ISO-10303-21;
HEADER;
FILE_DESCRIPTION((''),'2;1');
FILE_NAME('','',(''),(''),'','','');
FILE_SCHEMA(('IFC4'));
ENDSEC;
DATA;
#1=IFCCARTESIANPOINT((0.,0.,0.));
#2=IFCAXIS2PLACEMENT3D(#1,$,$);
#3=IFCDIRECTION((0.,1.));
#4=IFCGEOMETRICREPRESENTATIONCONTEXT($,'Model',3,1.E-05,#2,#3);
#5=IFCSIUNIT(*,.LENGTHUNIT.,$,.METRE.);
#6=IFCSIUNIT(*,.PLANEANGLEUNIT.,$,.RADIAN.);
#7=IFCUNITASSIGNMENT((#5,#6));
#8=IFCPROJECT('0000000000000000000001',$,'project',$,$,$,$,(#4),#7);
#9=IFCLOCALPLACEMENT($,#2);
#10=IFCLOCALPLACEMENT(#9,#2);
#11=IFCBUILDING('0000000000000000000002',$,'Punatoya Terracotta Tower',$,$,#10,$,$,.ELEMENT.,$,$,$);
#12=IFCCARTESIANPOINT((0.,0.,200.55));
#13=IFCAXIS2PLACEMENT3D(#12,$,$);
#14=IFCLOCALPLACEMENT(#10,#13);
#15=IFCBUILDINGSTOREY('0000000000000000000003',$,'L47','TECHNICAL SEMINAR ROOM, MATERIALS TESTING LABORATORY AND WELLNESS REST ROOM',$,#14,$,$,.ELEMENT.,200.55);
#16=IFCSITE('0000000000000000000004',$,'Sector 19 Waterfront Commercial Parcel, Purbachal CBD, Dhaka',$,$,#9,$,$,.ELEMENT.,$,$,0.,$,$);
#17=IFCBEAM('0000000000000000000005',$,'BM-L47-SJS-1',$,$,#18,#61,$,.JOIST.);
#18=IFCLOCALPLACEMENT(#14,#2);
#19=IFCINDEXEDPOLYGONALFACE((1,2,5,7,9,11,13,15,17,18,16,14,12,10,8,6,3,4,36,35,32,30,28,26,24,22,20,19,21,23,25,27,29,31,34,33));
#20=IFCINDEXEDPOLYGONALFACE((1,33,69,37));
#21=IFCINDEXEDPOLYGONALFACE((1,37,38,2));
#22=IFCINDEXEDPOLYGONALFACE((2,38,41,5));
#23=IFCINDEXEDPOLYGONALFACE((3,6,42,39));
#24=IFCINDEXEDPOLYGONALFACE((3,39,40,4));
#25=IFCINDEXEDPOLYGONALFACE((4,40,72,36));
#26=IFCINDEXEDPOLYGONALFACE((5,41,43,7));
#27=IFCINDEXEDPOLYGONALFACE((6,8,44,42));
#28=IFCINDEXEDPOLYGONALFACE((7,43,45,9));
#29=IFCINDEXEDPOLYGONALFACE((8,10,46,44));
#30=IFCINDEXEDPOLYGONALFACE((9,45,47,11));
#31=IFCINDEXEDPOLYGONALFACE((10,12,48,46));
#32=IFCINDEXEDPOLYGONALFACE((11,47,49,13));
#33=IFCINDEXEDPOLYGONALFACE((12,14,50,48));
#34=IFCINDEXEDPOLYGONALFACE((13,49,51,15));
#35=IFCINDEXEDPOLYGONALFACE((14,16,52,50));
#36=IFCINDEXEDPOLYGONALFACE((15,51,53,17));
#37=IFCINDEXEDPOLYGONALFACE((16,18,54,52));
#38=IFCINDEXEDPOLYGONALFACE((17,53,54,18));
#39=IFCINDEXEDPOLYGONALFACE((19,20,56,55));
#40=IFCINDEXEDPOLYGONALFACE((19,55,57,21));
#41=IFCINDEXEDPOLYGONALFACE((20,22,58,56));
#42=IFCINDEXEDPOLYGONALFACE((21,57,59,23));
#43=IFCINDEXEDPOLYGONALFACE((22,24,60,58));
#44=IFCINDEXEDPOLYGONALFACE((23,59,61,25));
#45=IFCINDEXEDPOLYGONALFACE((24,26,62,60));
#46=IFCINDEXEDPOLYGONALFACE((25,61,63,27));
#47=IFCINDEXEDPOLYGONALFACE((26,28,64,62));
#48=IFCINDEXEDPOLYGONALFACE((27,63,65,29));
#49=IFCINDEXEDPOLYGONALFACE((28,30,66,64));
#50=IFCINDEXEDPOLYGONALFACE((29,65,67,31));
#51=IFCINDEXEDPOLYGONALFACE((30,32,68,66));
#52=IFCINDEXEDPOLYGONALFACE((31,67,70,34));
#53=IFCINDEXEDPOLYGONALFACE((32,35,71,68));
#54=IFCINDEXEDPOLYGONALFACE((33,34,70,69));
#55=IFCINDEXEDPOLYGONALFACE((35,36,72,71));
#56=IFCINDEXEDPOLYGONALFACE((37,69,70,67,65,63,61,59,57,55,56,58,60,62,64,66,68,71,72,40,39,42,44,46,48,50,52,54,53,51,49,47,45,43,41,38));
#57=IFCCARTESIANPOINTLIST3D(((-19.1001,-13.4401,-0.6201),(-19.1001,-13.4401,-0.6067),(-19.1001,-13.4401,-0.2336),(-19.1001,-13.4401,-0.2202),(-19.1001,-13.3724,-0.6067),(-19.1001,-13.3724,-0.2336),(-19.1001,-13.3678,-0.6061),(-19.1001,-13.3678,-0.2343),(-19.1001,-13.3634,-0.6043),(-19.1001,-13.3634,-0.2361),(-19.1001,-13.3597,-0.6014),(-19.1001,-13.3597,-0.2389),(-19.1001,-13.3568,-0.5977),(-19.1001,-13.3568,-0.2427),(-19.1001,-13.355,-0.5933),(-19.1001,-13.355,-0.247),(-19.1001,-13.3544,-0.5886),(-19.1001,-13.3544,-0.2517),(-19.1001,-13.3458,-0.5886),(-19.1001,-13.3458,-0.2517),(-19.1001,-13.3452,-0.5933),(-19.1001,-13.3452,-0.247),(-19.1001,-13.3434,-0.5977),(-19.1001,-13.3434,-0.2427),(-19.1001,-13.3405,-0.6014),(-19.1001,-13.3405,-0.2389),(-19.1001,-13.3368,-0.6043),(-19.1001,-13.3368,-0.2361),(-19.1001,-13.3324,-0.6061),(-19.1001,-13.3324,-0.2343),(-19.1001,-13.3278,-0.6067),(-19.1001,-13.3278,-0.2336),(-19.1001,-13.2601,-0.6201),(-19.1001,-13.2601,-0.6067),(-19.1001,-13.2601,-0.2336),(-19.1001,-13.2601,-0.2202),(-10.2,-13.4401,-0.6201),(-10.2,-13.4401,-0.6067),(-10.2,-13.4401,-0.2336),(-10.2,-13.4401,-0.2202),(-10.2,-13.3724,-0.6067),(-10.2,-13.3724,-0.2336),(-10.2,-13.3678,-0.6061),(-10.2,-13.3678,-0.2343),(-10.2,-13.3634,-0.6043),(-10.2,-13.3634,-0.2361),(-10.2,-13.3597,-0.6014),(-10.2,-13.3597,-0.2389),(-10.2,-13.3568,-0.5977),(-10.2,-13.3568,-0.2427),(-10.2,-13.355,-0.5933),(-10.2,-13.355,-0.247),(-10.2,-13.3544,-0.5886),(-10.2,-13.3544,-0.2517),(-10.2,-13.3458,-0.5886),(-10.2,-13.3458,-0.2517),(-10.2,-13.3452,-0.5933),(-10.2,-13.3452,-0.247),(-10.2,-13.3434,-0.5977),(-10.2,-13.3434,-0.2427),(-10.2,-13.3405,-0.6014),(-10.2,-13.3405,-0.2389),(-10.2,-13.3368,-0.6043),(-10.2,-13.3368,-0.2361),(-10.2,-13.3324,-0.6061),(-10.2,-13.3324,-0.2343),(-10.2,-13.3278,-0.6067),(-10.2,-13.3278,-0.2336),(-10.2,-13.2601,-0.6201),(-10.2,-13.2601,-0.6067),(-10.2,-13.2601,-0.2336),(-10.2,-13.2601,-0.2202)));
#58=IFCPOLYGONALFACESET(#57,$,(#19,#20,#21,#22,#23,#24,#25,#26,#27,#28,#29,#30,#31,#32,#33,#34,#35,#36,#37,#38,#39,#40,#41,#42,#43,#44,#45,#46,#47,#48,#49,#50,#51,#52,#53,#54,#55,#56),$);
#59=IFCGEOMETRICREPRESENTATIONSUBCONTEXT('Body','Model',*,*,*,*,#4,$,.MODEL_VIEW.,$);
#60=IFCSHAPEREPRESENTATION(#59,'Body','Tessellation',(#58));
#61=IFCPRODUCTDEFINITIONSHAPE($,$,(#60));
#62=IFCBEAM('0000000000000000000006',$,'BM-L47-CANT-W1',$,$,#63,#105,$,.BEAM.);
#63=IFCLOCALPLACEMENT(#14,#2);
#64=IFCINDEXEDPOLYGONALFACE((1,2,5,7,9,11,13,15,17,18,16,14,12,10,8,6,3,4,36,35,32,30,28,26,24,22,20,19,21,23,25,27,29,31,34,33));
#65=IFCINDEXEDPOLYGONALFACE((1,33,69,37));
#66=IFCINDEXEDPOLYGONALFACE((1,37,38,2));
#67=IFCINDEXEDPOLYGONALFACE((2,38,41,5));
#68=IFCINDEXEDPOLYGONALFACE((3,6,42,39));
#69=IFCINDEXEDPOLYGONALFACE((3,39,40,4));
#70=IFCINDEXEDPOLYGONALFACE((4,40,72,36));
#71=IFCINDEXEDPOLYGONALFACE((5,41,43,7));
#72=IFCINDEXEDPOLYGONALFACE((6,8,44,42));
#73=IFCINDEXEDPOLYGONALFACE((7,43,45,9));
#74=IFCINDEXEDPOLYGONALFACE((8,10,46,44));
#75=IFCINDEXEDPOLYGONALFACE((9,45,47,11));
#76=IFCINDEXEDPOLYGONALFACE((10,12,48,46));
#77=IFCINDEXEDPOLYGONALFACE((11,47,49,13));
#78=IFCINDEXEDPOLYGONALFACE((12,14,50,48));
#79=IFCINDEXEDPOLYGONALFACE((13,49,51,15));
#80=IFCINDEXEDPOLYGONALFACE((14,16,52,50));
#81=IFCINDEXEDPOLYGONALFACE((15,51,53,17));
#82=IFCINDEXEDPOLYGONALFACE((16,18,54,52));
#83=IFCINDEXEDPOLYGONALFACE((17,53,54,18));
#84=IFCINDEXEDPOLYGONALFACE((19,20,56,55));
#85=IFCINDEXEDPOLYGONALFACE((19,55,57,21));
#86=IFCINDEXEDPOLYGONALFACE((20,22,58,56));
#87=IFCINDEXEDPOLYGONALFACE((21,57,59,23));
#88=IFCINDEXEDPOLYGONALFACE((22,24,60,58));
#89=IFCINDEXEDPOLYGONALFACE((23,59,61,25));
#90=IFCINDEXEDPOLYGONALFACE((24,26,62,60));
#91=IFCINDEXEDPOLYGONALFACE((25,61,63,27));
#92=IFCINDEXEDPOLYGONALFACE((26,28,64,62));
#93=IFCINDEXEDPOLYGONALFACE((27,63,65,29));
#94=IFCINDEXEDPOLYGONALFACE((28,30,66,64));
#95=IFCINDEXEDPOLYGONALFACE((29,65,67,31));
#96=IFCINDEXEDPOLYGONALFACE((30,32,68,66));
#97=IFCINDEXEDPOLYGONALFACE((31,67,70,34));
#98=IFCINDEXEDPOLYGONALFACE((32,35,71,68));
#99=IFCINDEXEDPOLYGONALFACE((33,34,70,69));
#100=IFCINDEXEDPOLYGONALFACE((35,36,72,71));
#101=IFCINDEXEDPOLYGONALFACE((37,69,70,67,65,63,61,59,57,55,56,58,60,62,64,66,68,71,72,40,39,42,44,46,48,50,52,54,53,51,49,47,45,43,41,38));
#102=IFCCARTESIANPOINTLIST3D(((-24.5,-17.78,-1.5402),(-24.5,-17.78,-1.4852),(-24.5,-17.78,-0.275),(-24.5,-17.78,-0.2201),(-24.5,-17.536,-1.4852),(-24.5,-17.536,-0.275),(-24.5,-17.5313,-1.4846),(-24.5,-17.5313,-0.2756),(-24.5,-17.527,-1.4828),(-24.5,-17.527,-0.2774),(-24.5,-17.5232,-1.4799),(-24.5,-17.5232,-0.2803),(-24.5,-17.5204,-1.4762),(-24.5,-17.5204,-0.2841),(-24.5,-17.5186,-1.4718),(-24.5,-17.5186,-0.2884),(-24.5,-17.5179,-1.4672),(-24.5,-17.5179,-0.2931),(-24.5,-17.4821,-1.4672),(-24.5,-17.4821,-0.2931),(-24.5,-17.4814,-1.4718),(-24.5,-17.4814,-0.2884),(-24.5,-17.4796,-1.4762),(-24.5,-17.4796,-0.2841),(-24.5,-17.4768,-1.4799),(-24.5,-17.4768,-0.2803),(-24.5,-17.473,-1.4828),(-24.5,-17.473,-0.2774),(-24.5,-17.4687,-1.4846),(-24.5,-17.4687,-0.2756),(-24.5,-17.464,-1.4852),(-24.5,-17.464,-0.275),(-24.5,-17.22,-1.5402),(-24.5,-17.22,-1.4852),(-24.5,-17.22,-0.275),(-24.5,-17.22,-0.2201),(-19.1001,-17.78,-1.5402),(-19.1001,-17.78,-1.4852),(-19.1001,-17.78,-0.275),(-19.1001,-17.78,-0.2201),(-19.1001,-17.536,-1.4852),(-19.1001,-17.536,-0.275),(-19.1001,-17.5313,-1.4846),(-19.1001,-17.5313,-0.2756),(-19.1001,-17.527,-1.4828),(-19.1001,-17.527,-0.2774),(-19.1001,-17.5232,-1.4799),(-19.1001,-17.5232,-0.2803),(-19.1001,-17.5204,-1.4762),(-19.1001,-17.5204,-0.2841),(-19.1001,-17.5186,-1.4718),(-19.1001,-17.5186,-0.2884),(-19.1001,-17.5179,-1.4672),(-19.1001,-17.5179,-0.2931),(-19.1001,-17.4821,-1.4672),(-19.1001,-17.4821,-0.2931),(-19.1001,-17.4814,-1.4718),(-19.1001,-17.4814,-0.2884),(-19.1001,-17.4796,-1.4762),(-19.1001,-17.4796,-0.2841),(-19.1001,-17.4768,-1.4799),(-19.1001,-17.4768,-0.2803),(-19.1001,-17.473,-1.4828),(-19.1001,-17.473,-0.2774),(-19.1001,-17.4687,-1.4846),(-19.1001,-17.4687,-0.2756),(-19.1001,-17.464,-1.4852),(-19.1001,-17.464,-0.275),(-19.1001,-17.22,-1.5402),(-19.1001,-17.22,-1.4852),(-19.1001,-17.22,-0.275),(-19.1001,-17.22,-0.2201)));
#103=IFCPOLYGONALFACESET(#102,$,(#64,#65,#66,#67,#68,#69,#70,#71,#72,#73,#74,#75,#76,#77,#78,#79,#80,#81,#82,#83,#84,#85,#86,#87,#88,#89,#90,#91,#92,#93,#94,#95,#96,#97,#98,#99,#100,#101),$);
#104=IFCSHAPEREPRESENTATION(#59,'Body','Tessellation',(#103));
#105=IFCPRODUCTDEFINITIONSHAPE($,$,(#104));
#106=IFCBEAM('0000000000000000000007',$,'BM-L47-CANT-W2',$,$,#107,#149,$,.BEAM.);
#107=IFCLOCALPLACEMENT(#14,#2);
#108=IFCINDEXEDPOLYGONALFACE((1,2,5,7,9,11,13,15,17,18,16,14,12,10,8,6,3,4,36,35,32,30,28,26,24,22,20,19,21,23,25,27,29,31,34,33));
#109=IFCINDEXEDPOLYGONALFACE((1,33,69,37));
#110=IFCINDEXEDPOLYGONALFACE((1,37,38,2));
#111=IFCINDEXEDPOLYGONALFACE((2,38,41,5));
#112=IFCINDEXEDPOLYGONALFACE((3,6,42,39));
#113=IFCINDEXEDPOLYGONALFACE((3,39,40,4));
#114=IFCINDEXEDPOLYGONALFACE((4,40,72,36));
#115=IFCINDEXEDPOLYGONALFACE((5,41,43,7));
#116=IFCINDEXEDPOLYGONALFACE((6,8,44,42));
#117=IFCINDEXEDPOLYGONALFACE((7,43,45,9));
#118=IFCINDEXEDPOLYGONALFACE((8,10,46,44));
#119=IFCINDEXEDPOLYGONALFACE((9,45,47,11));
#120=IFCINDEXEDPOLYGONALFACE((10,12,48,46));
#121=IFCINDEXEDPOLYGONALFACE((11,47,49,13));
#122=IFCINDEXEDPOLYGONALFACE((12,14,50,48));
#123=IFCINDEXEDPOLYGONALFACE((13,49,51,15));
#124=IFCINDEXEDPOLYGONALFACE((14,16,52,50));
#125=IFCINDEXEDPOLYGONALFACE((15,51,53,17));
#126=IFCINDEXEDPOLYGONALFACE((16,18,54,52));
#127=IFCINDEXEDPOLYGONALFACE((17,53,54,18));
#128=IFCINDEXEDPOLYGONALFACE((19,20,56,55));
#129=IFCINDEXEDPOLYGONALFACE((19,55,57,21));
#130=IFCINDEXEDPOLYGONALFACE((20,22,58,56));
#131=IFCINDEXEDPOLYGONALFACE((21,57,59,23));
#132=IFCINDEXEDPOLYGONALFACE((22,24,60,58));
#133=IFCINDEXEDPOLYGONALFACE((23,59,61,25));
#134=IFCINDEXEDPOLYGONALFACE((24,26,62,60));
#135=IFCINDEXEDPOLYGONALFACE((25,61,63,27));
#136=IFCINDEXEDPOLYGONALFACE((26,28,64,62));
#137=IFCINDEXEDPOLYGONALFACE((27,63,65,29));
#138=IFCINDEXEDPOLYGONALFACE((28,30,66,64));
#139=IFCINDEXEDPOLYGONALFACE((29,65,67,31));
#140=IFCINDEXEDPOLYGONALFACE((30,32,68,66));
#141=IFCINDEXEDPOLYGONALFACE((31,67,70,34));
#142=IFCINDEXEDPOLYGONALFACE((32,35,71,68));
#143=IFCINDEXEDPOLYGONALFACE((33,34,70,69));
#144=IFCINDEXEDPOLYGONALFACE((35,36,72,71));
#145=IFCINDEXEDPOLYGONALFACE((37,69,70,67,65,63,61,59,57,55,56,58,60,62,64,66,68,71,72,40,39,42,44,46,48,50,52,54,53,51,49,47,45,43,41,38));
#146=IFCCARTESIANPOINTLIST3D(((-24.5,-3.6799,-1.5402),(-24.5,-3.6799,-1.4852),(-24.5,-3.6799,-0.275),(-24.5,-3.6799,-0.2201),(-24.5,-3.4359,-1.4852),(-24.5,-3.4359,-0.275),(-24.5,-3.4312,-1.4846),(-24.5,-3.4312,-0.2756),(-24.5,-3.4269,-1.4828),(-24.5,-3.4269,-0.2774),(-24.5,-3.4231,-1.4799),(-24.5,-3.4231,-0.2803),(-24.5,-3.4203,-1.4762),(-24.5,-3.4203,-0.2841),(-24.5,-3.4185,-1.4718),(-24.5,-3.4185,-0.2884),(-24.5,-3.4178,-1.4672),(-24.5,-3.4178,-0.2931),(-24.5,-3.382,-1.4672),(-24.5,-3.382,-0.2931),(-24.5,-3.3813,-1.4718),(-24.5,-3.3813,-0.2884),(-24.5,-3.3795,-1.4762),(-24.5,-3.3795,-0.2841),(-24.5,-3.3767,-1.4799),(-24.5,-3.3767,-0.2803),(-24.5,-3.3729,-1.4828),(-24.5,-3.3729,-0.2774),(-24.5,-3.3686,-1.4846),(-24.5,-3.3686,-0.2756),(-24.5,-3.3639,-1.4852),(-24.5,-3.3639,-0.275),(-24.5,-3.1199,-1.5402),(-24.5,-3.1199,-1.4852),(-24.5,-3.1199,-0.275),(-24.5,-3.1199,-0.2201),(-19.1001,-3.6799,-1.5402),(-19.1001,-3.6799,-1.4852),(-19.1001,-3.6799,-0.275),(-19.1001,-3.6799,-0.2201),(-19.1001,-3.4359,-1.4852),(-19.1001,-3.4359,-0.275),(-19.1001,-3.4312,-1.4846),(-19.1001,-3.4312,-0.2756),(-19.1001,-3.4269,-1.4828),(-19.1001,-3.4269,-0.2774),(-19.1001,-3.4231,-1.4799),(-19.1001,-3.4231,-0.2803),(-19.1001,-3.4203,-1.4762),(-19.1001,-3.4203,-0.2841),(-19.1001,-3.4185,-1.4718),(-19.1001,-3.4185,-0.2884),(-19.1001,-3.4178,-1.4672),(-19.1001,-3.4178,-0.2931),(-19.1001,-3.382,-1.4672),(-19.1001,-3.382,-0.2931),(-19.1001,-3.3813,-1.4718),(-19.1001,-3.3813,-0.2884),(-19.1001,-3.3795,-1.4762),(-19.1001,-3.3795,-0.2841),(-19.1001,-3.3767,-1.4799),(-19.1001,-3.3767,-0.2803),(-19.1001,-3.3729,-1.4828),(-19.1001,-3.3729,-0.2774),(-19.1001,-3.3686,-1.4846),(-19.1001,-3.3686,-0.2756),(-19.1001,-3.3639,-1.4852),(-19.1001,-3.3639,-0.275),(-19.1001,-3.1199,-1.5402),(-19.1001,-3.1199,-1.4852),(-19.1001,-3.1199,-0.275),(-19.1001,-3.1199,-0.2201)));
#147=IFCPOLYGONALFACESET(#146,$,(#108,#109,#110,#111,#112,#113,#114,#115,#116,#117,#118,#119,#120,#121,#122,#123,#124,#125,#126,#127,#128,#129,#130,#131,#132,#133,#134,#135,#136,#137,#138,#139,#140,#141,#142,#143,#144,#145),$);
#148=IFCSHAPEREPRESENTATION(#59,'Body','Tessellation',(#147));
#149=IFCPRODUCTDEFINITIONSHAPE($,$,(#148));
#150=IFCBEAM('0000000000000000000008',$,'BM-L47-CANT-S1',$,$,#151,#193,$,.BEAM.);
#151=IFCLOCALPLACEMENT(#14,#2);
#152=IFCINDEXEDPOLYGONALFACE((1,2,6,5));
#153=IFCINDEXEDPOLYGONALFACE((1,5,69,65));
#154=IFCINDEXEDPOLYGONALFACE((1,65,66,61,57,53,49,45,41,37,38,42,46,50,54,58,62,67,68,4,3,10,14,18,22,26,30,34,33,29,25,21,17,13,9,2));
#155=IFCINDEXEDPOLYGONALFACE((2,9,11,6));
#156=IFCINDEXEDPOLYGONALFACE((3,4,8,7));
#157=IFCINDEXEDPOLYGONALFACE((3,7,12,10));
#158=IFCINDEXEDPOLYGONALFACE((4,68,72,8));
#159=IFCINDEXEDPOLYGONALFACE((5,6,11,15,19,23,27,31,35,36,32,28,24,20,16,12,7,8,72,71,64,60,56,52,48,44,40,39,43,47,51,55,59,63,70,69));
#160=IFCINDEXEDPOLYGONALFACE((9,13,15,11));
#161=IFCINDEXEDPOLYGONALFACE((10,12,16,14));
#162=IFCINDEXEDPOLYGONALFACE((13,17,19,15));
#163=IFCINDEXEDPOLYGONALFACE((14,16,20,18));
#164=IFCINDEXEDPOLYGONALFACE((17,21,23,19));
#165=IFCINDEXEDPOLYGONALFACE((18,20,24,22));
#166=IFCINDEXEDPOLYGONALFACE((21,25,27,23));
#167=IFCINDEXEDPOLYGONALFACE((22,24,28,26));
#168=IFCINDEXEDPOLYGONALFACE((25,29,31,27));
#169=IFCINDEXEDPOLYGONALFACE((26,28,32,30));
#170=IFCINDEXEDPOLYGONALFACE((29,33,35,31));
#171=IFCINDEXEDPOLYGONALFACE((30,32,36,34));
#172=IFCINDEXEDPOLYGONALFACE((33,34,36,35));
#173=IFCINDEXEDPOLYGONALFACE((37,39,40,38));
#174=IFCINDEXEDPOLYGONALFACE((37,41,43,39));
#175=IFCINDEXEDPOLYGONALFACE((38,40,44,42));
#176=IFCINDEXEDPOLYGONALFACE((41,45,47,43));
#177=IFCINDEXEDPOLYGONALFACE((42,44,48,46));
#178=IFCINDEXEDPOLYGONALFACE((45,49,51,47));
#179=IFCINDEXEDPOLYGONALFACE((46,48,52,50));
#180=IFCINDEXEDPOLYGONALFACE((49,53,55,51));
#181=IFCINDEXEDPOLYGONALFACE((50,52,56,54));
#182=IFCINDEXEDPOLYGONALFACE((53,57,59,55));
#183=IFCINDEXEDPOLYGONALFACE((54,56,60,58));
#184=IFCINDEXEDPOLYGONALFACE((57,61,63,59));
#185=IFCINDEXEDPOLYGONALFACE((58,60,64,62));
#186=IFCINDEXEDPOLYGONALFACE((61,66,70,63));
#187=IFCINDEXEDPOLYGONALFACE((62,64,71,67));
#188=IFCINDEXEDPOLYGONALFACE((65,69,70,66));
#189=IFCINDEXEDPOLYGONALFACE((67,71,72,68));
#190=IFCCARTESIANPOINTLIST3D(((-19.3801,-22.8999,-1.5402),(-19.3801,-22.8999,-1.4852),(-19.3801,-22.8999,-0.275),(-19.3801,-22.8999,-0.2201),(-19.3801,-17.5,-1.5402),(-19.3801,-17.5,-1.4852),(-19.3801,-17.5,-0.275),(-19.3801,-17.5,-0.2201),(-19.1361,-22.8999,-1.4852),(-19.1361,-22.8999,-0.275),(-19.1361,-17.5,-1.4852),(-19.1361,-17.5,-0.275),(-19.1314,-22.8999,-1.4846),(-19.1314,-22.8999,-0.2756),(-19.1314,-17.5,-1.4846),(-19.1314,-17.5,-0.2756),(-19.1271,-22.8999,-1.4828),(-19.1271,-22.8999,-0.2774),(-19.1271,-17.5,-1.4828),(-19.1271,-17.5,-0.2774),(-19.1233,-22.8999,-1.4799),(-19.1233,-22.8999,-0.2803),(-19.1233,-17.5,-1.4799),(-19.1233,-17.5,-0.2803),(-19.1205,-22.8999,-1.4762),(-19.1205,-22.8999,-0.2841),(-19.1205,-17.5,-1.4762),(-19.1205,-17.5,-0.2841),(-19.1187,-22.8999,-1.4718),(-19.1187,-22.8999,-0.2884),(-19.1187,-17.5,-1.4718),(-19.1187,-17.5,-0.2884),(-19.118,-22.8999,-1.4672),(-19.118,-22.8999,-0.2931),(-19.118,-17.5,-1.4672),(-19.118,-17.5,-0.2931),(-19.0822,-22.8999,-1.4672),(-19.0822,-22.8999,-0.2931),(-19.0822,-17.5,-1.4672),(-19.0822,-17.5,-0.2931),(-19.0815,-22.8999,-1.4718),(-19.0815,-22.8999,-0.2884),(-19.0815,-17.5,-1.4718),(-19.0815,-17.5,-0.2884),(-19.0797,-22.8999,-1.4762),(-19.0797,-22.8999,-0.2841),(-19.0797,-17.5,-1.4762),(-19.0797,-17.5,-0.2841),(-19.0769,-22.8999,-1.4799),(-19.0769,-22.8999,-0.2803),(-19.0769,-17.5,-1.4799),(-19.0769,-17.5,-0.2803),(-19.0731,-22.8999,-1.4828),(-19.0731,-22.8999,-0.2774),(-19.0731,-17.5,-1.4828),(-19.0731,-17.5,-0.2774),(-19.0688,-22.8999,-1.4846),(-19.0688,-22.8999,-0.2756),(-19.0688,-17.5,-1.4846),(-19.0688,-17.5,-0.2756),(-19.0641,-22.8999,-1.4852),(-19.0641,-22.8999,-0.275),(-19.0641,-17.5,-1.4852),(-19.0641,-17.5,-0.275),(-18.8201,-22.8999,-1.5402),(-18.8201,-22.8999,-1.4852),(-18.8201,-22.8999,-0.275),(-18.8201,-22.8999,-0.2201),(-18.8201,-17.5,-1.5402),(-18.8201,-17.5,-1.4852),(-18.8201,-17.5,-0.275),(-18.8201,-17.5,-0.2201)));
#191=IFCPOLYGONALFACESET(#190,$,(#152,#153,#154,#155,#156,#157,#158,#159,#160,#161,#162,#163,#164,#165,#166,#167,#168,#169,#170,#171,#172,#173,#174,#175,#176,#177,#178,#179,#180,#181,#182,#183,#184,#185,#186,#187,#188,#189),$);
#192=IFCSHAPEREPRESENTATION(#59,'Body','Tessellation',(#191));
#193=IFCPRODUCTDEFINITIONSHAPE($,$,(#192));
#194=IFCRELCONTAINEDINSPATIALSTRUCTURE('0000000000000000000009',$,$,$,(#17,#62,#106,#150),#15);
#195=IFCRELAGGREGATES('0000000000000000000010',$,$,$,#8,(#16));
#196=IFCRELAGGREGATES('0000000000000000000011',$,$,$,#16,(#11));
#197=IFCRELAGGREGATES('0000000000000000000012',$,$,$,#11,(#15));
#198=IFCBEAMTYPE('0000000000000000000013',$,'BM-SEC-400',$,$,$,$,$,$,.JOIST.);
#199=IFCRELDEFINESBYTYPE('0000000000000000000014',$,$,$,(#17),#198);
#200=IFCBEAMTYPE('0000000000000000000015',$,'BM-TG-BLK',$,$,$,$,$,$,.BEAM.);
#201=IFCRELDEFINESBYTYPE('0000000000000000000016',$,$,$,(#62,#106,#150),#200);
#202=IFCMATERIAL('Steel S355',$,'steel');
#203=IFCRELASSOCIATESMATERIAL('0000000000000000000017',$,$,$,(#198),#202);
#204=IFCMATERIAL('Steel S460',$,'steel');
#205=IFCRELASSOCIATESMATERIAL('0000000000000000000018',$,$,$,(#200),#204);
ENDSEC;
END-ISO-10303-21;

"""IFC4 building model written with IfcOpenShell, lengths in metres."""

from ifc_helpers import new_model, si_unit, direction, frame, origin, origin_2d, place, context, subcontext, project, spatial, i_section, extrude, material, material_profile, profile_set, type_object, element, save


model = new_model("IFC4")

# Units and contexts
model_context = context("Model", 3, precision=1e-05, world=origin(), true_north=direction((0.0, 1.0)))
body_context = subcontext(model_context, "Body", "Model", "MODEL_VIEW")
ifc_project = project(units=[si_unit("LENGTHUNIT", "METRE"), si_unit("PLANEANGLEUNIT", "RADIAN")], contexts=[model_context])

# Site, building, storey
site_placement = place(None, origin())
site = spatial("IfcSite", under=ifc_project, at=site_placement, Name="Sector 19 Waterfront Commercial Parcel, Purbachal CBD, Dhaka", CompositionType="ELEMENT", RefElevation=0.0)
building_placement = place(site_placement, origin())
building = spatial("IfcBuilding", under=site, at=building_placement, Name="Punatoya Terracotta Tower", CompositionType="ELEMENT")
storey_placement = place(building_placement, frame((0.0, 0.0, 200.55)))
storey = spatial("IfcBuildingStorey", under=building, at=storey_placement, Name="L47", Description="TECHNICAL SEMINAR ROOM, MATERIALS TESTING LABORATORY AND WELLNESS REST ROOM", CompositionType="ELEMENT", Elevation=200.55)

# Shared definitions
ifc_material_1 = material(Name="Steel S460", Category="steel")

# Beams
ifc_material_2 = material(Name="Steel S355", Category="steel")
ifc_material_profile_1 = material_profile(ifc_material_2, i_section(OverallWidth=0.1799, OverallDepth=0.3999, WebThickness=0.0085, FlangeThickness=0.0134, FilletRadius=0.0181, at=origin_2d()))
ifc_profile_set_1 = profile_set([ifc_material_profile_1], Name="Steel S355")
beam_type_1 = type_object("IfcBeamType", Name="BM-SEC-400", PredefinedType="JOIST", material=ifc_profile_set_1)
beam_1_placement = place(storey_placement, frame((-19.1001, -13.3501, -0.4202), z_axis=(1.0, 0.0, 0.0), x_axis=(0.0, 1.0, 0.0)))
element("IfcBeam", 1, at=beam_1_placement, inside=storey, type_object=beam_type_1, Name="BM-L47-SJS-1", PredefinedType="JOIST", context=body_context, shape_type="SweptSolid", body=[
    extrude(i_section(OverallWidth=0.1799, OverallDepth=0.3999, WebThickness=0.0085, FlangeThickness=0.0134, FilletRadius=0.0181, at=origin_2d()), origin(), (0.0, 0.0, 1.0), 8.9001),
])
ifc_material_profile_2 = material_profile(ifc_material_1, i_section(OverallWidth=0.5601, OverallDepth=1.3201, WebThickness=0.0359, FlangeThickness=0.0549, FilletRadius=0.0181, at=origin_2d()))
ifc_profile_set_2 = profile_set([ifc_material_profile_2], Name="Steel S460")
beam_type_2 = type_object("IfcBeamType", Name="BM-TG-BLK", PredefinedType="BEAM", material=ifc_profile_set_2)
for number, where, z_axis, x_axis, name in (
    (2, (-24.5, -17.5, -0.8801), (1.0, 0.0, 0.0), (0.0, 1.0, 0.0), "BM-L47-CANT-W1"),
    (3, (-24.5, -3.3999, -0.8801), (1.0, 0.0, 0.0), (0.0, 1.0, 0.0), "BM-L47-CANT-W2"),
    (4, (-19.1001, -22.8999, -0.8801), (0.0, 1.0, 0.0), (-1.0, 0.0, 0.0), "BM-L47-CANT-S1"),
):
    element("IfcBeam", number, at=place(storey_placement, frame(where, z_axis=z_axis, x_axis=x_axis)), inside=storey, type_object=beam_type_2, Name=name, PredefinedType="BEAM", context=body_context, shape_type="SweptSolid", body=[
        extrude(i_section(OverallWidth=0.5601, OverallDepth=1.3201, WebThickness=0.0359, FlangeThickness=0.0549, FilletRadius=0.0181, at=origin_2d()), origin(), (0.0, 0.0, 1.0), 5.3999),
    ])

save(model, "model.ifc")
